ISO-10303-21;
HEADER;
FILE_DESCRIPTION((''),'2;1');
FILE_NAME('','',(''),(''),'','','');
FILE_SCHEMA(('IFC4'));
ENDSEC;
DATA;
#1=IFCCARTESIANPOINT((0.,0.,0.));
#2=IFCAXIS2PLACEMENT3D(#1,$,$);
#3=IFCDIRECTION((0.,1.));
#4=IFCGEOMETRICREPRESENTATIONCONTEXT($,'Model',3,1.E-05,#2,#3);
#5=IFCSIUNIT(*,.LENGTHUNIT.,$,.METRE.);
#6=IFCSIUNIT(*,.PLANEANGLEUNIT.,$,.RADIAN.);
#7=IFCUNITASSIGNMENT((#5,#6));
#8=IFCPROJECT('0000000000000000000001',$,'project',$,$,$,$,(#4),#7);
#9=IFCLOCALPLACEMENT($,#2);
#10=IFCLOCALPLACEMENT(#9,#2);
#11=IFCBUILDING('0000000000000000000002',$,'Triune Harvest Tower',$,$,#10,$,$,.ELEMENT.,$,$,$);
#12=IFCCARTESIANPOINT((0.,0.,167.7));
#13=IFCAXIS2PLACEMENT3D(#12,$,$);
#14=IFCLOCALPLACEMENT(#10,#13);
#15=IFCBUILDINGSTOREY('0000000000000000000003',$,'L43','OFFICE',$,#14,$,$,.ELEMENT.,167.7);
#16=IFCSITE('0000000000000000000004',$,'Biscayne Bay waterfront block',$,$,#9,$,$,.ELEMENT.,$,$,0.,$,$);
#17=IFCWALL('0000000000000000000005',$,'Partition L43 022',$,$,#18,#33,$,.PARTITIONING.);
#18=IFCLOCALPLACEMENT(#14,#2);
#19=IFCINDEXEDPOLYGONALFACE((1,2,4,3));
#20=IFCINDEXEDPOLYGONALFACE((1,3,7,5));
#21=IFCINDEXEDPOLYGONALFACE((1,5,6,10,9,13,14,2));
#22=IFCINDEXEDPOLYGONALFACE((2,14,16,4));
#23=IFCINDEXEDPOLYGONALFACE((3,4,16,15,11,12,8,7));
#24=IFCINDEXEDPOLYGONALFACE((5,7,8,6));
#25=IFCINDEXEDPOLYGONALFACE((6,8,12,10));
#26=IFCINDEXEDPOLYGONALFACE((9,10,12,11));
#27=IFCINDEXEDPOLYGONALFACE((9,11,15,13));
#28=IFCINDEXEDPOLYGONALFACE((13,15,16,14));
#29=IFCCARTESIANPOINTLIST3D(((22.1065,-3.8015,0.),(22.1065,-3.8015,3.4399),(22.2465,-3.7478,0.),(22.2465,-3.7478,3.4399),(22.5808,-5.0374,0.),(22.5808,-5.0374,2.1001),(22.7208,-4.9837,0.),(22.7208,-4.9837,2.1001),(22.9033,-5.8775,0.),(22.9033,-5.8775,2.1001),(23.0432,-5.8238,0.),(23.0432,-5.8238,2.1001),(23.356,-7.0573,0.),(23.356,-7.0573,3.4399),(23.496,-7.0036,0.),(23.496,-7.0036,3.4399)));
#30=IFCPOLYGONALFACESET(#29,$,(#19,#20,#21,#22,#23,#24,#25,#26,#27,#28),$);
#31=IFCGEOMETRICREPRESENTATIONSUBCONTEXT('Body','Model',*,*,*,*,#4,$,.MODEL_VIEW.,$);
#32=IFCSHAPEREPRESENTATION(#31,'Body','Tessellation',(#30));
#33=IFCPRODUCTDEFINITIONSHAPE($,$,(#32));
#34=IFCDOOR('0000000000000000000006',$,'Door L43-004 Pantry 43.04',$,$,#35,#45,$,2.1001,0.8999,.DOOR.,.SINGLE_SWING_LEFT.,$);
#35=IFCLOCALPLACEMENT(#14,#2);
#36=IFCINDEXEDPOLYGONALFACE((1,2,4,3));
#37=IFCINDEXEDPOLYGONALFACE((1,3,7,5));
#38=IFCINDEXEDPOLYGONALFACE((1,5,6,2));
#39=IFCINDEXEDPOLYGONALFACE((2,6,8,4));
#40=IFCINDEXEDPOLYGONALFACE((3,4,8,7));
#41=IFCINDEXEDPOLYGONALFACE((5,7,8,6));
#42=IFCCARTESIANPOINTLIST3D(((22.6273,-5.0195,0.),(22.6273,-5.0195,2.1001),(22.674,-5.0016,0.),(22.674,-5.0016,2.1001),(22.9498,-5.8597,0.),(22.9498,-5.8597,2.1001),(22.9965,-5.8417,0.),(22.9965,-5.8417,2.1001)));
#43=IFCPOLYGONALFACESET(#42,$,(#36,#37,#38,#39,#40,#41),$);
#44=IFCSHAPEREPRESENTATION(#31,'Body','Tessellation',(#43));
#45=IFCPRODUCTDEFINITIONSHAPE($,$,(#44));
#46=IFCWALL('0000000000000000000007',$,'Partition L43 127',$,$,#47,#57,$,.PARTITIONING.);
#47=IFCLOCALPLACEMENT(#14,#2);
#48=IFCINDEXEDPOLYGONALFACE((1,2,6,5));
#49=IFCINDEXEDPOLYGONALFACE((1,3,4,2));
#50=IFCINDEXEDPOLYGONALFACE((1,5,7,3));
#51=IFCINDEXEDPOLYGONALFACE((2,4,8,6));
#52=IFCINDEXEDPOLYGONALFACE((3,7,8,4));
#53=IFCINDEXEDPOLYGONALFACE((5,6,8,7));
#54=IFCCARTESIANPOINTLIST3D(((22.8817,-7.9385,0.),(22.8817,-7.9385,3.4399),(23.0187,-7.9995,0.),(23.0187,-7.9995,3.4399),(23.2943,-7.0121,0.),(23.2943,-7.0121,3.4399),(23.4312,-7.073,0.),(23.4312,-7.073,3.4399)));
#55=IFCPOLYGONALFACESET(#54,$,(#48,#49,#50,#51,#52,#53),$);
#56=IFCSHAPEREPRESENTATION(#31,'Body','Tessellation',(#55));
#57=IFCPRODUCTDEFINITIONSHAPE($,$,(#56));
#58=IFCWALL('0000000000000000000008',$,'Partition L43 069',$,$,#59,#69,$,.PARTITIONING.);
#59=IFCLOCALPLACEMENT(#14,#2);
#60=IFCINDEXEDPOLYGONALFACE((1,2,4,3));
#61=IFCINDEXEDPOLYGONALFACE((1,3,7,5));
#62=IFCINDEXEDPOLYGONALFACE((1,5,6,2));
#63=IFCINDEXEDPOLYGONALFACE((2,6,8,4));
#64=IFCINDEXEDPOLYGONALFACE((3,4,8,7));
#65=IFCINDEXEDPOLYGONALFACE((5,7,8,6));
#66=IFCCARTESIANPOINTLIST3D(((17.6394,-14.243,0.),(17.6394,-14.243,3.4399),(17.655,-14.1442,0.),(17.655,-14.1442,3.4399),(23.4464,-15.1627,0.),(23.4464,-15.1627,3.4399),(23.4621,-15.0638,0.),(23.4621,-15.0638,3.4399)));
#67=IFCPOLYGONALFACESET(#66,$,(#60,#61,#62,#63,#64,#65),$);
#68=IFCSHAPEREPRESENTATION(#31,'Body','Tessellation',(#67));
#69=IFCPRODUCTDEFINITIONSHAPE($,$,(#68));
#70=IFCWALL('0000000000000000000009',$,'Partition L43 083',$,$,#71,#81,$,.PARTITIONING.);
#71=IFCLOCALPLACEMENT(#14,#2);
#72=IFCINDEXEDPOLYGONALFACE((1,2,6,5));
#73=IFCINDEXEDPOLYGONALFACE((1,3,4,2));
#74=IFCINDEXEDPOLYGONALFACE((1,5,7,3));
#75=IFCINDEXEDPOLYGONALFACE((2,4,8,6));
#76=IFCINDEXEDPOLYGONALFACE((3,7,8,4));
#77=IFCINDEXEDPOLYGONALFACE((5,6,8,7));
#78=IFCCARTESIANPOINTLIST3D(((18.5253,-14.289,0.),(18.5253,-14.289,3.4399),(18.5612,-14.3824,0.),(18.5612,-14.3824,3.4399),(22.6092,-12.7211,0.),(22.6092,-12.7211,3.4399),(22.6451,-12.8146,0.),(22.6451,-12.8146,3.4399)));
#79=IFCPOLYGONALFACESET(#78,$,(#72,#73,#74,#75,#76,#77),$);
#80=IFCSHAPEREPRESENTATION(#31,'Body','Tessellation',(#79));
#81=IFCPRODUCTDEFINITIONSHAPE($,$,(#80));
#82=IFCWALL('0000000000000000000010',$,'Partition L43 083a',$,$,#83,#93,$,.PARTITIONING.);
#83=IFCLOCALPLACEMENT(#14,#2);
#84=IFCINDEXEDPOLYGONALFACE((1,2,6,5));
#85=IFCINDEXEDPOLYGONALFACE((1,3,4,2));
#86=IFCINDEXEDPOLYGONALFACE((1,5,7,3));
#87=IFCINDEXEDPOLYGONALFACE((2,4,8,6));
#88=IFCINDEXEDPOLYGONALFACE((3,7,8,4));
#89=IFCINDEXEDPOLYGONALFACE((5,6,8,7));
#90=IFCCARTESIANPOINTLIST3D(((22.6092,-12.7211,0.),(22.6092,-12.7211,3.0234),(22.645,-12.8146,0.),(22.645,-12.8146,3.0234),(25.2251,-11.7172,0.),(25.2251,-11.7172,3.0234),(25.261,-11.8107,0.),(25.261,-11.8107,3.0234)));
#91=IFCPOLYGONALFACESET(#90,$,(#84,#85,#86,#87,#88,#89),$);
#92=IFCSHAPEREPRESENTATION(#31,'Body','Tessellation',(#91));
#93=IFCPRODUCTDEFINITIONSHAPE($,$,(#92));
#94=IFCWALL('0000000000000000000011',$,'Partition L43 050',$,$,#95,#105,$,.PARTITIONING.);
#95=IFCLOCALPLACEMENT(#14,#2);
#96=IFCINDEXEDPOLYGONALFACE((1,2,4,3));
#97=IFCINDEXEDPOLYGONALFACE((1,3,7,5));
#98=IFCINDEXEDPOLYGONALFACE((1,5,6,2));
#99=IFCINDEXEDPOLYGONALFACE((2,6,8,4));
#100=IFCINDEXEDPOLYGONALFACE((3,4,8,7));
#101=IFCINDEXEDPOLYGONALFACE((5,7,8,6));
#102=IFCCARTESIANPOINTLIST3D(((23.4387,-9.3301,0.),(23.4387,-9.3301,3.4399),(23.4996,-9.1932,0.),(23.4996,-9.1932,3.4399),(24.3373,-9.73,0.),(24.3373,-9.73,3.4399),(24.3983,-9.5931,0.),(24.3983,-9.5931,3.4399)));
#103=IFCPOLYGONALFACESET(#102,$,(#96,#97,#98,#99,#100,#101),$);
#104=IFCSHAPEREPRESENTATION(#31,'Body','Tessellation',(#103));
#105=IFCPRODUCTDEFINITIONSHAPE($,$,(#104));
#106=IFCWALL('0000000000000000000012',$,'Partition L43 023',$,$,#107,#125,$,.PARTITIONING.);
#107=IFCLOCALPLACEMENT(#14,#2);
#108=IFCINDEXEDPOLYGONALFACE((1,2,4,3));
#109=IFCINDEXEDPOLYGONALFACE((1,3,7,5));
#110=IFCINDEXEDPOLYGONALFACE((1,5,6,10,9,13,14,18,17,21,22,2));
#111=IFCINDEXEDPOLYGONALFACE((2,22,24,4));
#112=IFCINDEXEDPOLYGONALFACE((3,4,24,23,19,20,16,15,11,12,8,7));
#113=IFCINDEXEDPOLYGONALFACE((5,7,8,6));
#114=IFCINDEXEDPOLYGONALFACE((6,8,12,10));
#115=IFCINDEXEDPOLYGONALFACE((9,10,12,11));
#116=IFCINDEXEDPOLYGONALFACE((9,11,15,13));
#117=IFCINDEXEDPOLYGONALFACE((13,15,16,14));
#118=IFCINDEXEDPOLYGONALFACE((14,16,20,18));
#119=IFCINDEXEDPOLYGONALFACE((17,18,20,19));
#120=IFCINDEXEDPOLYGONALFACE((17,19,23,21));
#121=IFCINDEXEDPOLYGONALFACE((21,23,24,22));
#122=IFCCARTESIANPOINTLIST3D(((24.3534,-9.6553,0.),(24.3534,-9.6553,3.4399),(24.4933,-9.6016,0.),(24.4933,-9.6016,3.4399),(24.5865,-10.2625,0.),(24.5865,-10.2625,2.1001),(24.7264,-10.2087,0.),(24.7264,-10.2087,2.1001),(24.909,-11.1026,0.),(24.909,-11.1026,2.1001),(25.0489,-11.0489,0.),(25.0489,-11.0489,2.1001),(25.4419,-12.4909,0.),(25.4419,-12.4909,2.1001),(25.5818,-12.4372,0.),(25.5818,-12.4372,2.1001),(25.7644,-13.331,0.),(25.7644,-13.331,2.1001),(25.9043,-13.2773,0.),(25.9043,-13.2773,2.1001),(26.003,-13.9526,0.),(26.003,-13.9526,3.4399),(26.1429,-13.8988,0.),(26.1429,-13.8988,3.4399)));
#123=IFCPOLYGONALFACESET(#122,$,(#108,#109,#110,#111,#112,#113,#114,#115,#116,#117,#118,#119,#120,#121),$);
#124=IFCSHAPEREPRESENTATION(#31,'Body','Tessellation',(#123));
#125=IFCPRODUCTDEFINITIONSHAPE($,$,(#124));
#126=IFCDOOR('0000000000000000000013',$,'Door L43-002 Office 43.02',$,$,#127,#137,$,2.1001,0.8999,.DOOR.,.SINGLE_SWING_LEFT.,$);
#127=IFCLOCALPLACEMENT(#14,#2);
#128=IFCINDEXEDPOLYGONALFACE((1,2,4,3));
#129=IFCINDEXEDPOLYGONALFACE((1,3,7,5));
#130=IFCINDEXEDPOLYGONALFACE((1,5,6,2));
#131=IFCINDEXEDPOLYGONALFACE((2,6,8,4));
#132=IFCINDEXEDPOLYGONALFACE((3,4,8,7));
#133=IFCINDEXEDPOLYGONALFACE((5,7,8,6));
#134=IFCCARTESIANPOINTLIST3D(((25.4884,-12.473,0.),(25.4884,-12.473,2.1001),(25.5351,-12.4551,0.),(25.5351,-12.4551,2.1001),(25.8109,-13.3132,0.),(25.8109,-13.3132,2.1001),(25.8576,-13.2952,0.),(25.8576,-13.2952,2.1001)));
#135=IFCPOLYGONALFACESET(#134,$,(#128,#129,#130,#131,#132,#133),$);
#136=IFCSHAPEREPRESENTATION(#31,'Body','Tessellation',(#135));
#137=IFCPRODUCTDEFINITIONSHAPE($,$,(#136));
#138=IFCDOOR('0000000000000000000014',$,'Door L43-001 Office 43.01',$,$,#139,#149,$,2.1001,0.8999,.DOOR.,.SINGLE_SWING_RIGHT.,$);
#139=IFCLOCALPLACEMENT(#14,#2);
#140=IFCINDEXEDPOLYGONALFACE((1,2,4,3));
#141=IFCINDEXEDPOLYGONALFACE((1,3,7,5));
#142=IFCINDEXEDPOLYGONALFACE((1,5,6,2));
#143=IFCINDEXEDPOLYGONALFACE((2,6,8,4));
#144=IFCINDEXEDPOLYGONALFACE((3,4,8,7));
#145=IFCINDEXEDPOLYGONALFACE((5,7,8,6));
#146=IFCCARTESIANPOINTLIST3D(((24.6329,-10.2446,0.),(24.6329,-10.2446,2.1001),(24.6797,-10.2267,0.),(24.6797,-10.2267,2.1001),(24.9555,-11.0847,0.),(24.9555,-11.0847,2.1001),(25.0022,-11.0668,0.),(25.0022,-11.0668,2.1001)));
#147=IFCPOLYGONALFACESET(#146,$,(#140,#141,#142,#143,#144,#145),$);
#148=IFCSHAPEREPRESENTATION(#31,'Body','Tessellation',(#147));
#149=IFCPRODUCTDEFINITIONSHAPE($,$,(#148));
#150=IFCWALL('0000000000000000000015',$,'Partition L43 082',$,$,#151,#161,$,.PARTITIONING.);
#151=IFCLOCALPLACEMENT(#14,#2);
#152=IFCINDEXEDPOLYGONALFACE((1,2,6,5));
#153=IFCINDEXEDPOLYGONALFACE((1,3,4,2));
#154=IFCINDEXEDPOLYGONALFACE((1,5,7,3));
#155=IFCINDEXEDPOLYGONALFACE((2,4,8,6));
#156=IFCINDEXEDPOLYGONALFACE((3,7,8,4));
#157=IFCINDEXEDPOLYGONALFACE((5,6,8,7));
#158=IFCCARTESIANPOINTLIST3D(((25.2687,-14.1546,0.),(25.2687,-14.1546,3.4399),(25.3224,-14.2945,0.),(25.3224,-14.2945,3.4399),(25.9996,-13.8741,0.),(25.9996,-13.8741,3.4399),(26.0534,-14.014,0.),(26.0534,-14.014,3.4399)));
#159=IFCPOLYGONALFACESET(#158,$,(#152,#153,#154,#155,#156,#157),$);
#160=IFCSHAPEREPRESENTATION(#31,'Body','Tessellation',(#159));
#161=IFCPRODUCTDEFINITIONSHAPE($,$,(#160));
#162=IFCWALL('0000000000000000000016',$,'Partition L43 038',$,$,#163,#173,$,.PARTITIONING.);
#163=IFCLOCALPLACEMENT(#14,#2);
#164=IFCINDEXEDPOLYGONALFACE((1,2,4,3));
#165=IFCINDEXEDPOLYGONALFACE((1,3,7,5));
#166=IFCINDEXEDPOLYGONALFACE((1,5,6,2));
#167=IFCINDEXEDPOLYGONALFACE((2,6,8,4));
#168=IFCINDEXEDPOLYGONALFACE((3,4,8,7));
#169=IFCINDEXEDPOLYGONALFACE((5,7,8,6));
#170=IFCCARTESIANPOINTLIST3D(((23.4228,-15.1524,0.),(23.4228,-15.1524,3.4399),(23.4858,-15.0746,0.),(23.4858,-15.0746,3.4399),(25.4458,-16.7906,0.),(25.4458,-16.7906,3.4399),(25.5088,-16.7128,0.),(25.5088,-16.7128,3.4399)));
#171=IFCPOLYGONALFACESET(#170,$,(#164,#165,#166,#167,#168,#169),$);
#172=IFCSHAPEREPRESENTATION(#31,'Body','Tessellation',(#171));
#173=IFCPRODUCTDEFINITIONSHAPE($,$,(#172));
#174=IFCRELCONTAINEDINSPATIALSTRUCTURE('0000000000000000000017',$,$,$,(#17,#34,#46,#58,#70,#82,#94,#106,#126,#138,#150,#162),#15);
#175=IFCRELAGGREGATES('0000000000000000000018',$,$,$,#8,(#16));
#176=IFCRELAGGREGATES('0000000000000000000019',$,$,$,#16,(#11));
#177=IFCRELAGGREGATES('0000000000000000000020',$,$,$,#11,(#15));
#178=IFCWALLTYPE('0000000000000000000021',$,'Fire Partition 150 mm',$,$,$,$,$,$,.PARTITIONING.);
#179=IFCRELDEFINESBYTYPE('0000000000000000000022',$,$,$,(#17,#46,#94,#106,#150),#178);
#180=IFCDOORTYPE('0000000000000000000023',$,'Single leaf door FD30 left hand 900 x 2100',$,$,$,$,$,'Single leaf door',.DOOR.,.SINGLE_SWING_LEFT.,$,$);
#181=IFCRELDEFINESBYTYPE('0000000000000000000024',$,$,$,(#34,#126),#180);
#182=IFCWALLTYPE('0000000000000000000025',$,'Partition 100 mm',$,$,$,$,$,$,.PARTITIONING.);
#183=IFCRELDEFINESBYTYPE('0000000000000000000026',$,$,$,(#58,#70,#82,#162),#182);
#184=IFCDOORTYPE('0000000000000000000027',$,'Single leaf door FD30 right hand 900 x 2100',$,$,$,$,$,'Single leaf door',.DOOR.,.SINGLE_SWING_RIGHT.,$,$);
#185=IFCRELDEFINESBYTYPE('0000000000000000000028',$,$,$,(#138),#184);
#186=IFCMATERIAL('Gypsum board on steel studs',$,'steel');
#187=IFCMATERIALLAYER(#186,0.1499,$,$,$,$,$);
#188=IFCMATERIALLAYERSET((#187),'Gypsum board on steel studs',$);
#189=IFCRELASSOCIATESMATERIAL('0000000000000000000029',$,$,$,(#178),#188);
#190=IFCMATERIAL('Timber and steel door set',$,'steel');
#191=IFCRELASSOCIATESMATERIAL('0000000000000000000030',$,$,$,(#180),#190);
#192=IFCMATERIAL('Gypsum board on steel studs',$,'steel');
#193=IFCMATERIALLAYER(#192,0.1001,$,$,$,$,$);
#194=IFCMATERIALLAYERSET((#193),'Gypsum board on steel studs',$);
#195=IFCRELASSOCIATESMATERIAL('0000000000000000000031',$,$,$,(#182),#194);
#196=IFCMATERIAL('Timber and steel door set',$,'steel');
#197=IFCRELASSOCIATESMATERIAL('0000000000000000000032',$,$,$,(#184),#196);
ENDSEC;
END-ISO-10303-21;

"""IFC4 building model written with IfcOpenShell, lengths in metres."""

from ifc_helpers import new_model, si_unit, direction, frame, frame_2d, origin, place, context, subcontext, project, spatial, rectangle, extrude, source, transform, mapped, material, layer, layer_set, type_object, element, fill, save


model = new_model("IFC4")

# Units and contexts
model_context = context("Model", 3, precision=1e-05, world=origin(), true_north=direction((0.0, 1.0)))
body_context = subcontext(model_context, "Body", "Model", "MODEL_VIEW")
ifc_project = project(units=[si_unit("LENGTHUNIT", "METRE"), si_unit("PLANEANGLEUNIT", "RADIAN")], contexts=[model_context])

# Site, building, storey
site_placement = place(None, origin())
site = spatial("IfcSite", under=ifc_project, at=site_placement, Name="Biscayne Bay waterfront block", CompositionType="ELEMENT", RefElevation=0.0)
building_placement = place(site_placement, origin())
building = spatial("IfcBuilding", under=site, at=building_placement, Name="Triune Harvest Tower", CompositionType="ELEMENT")
storey_placement = place(building_placement, frame((0.0, 0.0, 167.7)))
storey = spatial("IfcBuildingStorey", under=building, at=storey_placement, Name="L43", Description="OFFICE", CompositionType="ELEMENT", Elevation=167.7)

# Shared definitions
ifc_material_1 = material(Name="Gypsum board on steel studs", Category="steel")
ifc_layer_1 = layer(ifc_material_1, 0.1499)
ifc_layer_set_1 = layer_set([ifc_layer_1], Name="Gypsum board on steel studs")
wall_type_1 = type_object("IfcWallType", Name="Fire Partition 150 mm", PredefinedType="PARTITIONING", material=ifc_layer_set_1)

# Wall, opening, door
wall_1_placement = place(storey_placement, frame((22.1765, -3.7747, 0.0), z_axis=(0.0, 0.0, 1.0), x_axis=(0.358294, -0.933609, 0.0)))
wall_1 = element("IfcWall", 1, at=wall_1_placement, inside=storey, type_object=wall_type_1, Name="Partition L43 022", PredefinedType="PARTITIONING", context=body_context, shape_type="SweptSolid", body=[
    extrude(rectangle(XDim=3.4873, YDim=0.1499, at=frame_2d((1.7437, 0.0))), origin(), (0.0, 0.0, 1.0), 3.4399),
])
opening_1_placement = place(wall_1_placement, frame((1.3237, 0.0, 0.0)))
opening_1 = element("IfcOpeningElement", 2, at=opening_1_placement, cuts=wall_1, PredefinedType="OPENING", context=body_context, shape_type="SweptSolid", body=[
    extrude(rectangle(XDim=0.8999, YDim=2.1001, at=frame_2d((0.45, 1.05))), frame((0.0, 0.085, 0.0), z_axis=(0.0, -1.0, 0.0), x_axis=(1.0, 0.0, 0.0)), (0.0, 0.0, 1.0), 0.1699),
])
ifc_material_2 = material(Name="Timber and steel door set", Category="steel")
door_type_1 = type_object("IfcDoorType", Name="Single leaf door FD30 left hand 900 x 2100", ElementType="Single leaf door", OperationType="SINGLE_SWING_LEFT", PredefinedType="DOOR", material=ifc_material_2)
door_1_placement = place(opening_1_placement, origin())
door_1 = element("IfcDoor", 3, at=door_1_placement, inside=storey, type_object=door_type_1, Name="Door L43-004 Pantry 43.04", OperationType="SINGLE_SWING_LEFT", OverallHeight=2.1001, OverallWidth=0.8999, PredefinedType="DOOR", context=body_context, shape_type="SweptSolid", body=[
    extrude(rectangle(XDim=0.8999, YDim=2.1001, at=frame_2d((0.45, 1.05))), frame((0.0, 0.0249, 0.0), z_axis=(0.0, -1.0, 0.0), x_axis=(1.0, 0.0, 0.0)), (0.0, 0.0, 1.0), 0.05),
])
fill(opening_1, door_1)

# Walls
wall_2_placement = place(storey_placement, frame((22.9502, -7.969, 0.0), z_axis=(0.0, 0.0, 1.0), x_axis=(0.406808, 0.913514, 0.0)))
element("IfcWall", 4, at=wall_2_placement, inside=storey, type_object=wall_type_1, Name="Partition L43 127", PredefinedType="PARTITIONING", context=body_context, shape_type="SweptSolid", body=[
    extrude(rectangle(XDim=1.0142, YDim=0.1499, at=frame_2d((0.5071, 0.0))), origin(), (0.0, 0.0, 1.0), 3.4399),
])
ifc_material_3 = material(Name="Gypsum board on steel studs", Category="steel")
ifc_layer_2 = layer(ifc_material_3, 0.1001)
ifc_layer_set_2 = layer_set([ifc_layer_2], Name="Gypsum board on steel studs")
wall_type_2 = type_object("IfcWallType", Name="Partition 100 mm", PredefinedType="PARTITIONING", material=ifc_layer_set_2)
wall_3_placement = place(storey_placement, frame((17.6472, -14.1936, 0.0), z_axis=(0.0, 0.0, 1.0), x_axis=(0.98769, -0.156421, 0.0)))
element("IfcWall", 5, at=wall_3_placement, inside=storey, type_object=wall_type_2, Name="Partition L43 069", PredefinedType="PARTITIONING", context=body_context, shape_type="SweptSolid", body=[
    extrude(rectangle(XDim=5.8794, YDim=0.1001, at=frame_2d((2.9397, 0.0))), origin(), (0.0, 0.0, 1.0), 3.4399),
])
wall_4_placement = place(storey_placement, frame((18.5432, -14.3357, 0.0), z_axis=(0.0, 0.0, 1.0), x_axis=(0.933567, 0.358403, 0.0)))
element("IfcWall", 6, at=wall_4_placement, inside=storey, type_object=wall_type_2, Name="Partition L43 083", PredefinedType="PARTITIONING", context=body_context, shape_type="SweptSolid", body=[
    extrude(rectangle(XDim=4.3745, YDim=0.1001, at=frame_2d((2.1873, 0.0))), origin(), (0.0, 0.0, 1.0), 3.4399),
])
wall_5_placement = place(storey_placement, frame((22.6272, -12.7678, 0.0), z_axis=(0.0, 0.0, 1.0), x_axis=(0.933613, 0.358284, 0.0)))
element("IfcWall", 7, at=wall_5_placement, inside=storey, type_object=wall_type_2, Name="Partition L43 083a", PredefinedType="PARTITIONING", context=body_context, shape_type="SweptSolid", body=[
    extrude(rectangle(XDim=2.802, YDim=0.1001, at=frame_2d((1.4009, 0.0))), origin(), (0.0, 0.0, 1.0), 3.0234),
])
shared_shape_1 = source(origin(), body_context, "Body", "SweptSolid", [
    extrude(rectangle(XDim=0.9836, YDim=0.1499, at=frame_2d((0.4917, 0.0))), origin(), (0.0, 0.0, 1.0), 3.4399),
])
wall_6_placement = place(storey_placement, frame((23.4692, -9.2617, 0.0), z_axis=(0.0, 0.0, 1.0), x_axis=(0.913627, -0.406553, 0.0)))
element("IfcWall", 8, at=wall_6_placement, inside=storey, type_object=wall_type_1, Name="Partition L43 050", PredefinedType="PARTITIONING", context=body_context, shape_type="MappedRepresentation", body=[
    mapped(shared_shape_1, transform((0.0, 0.0, 0.0), scale=1.0)),
])

# Wall, openings, doors
shared_shape_2 = source(origin(), body_context, "Body", "SweptSolid", [
    extrude(rectangle(XDim=4.603, YDim=0.1499, at=frame_2d((2.3015, 0.0))), origin(), (0.0, 0.0, 1.0), 3.4399),
])
wall_7_placement = place(storey_placement, frame((24.4233, -9.6284, 0.0), z_axis=(0.0, 0.0, 1.0), x_axis=(0.358378, -0.933576, 0.0)))
wall_7 = element("IfcWall", 9, at=wall_7_placement, inside=storey, type_object=wall_type_1, Name="Partition L43 023", PredefinedType="PARTITIONING", context=body_context, shape_type="MappedRepresentation", body=[
    mapped(shared_shape_2, transform((0.0, 0.0, 0.0), scale=1.0)),
])
opening_2_placement = place(wall_7_placement, frame((0.6504, 0.0, 0.0)))
opening_2 = element("IfcOpeningElement", 10, at=opening_2_placement, cuts=wall_7, PredefinedType="OPENING", context=body_context, shape_type="SweptSolid", body=[
    extrude(rectangle(XDim=0.8999, YDim=2.1001, at=frame_2d((0.45, 1.05))), frame((0.0, 0.085, 0.0), z_axis=(0.0, -1.0, 0.0), x_axis=(1.0, 0.0, 0.0)), (0.0, 0.0, 1.0), 0.1699),
])
opening_3_placement = place(wall_7_placement, frame((3.0374, 0.0, 0.0)))
opening_3 = element("IfcOpeningElement", 11, at=opening_3_placement, cuts=wall_7, PredefinedType="OPENING", context=body_context, shape_type="SweptSolid", body=[
    extrude(rectangle(XDim=0.8999, YDim=2.1001, at=frame_2d((0.45, 1.05))), frame((0.0, 0.085, 0.0), z_axis=(0.0, -1.0, 0.0), x_axis=(1.0, 0.0, 0.0)), (0.0, 0.0, 1.0), 0.1699),
])
door_2_placement = place(opening_3_placement, origin())
door_2 = element("IfcDoor", 12, at=door_2_placement, inside=storey, type_object=door_type_1, Name="Door L43-002 Office 43.02", OperationType="SINGLE_SWING_LEFT", OverallHeight=2.1001, OverallWidth=0.8999, PredefinedType="DOOR", context=body_context, shape_type="SweptSolid", body=[
    extrude(rectangle(XDim=0.8999, YDim=2.1001, at=frame_2d((0.45, 1.05))), frame((0.0, 0.0249, 0.0), z_axis=(0.0, -1.0, 0.0), x_axis=(1.0, 0.0, 0.0)), (0.0, 0.0, 1.0), 0.05),
])
fill(opening_3, door_2)
ifc_material_4 = material(Name="Timber and steel door set", Category="steel")
door_type_2 = type_object("IfcDoorType", Name="Single leaf door FD30 right hand 900 x 2100", ElementType="Single leaf door", OperationType="SINGLE_SWING_RIGHT", PredefinedType="DOOR", material=ifc_material_4)
door_3_placement = place(opening_2_placement, origin())
door_3 = element("IfcDoor", 13, at=door_3_placement, inside=storey, type_object=door_type_2, Name="Door L43-001 Office 43.01", OperationType="SINGLE_SWING_RIGHT", OverallHeight=2.1001, OverallWidth=0.8999, PredefinedType="DOOR", context=body_context, shape_type="SweptSolid", body=[
    extrude(rectangle(XDim=0.8999, YDim=2.1001, at=frame_2d((0.45, 1.05))), frame((0.0, 0.0249, 0.0), z_axis=(0.0, -1.0, 0.0), x_axis=(1.0, 0.0, 0.0)), (0.0, 0.0, 1.0), 0.05),
])
fill(opening_2, door_3)

# Walls
shared_shape_3 = source(origin(), body_context, "Body", "SweptSolid", [
    extrude(rectangle(XDim=0.783, YDim=0.1499, at=frame_2d((0.3916, 0.0))), origin(), (0.0, 0.0, 1.0), 3.4399),
])
wall_8_placement = place(storey_placement, frame((25.2954, -14.2246, 0.0), z_axis=(0.0, 0.0, 1.0), x_axis=(0.933611, 0.358289, 0.0)))
element("IfcWall", 14, at=wall_8_placement, inside=storey, type_object=wall_type_1, Name="Partition L43 082", PredefinedType="PARTITIONING", context=body_context, shape_type="MappedRepresentation", body=[
    mapped(shared_shape_3, transform((0.0, 0.0, 0.0), scale=1.0)),
])
shared_shape_4 = source(origin(), body_context, "Body", "SweptSolid", [
    extrude(rectangle(XDim=2.603, YDim=0.1001, at=frame_2d((1.3015, 0.0))), origin(), (0.0, 0.0, 1.0), 3.4399),
])
wall_9_placement = place(storey_placement, frame((23.4543, -15.1135, 0.0), z_axis=(0.0, 0.0, 1.0), x_axis=(0.77714, -0.629328, 0.0)))
element("IfcWall", 15, at=wall_9_placement, inside=storey, type_object=wall_type_2, Name="Partition L43 038", PredefinedType="PARTITIONING", context=body_context, shape_type="MappedRepresentation", body=[
    mapped(shared_shape_4, transform((0.0, 0.0, 0.0), scale=1.0)),
])

save(model, "model.ifc")
